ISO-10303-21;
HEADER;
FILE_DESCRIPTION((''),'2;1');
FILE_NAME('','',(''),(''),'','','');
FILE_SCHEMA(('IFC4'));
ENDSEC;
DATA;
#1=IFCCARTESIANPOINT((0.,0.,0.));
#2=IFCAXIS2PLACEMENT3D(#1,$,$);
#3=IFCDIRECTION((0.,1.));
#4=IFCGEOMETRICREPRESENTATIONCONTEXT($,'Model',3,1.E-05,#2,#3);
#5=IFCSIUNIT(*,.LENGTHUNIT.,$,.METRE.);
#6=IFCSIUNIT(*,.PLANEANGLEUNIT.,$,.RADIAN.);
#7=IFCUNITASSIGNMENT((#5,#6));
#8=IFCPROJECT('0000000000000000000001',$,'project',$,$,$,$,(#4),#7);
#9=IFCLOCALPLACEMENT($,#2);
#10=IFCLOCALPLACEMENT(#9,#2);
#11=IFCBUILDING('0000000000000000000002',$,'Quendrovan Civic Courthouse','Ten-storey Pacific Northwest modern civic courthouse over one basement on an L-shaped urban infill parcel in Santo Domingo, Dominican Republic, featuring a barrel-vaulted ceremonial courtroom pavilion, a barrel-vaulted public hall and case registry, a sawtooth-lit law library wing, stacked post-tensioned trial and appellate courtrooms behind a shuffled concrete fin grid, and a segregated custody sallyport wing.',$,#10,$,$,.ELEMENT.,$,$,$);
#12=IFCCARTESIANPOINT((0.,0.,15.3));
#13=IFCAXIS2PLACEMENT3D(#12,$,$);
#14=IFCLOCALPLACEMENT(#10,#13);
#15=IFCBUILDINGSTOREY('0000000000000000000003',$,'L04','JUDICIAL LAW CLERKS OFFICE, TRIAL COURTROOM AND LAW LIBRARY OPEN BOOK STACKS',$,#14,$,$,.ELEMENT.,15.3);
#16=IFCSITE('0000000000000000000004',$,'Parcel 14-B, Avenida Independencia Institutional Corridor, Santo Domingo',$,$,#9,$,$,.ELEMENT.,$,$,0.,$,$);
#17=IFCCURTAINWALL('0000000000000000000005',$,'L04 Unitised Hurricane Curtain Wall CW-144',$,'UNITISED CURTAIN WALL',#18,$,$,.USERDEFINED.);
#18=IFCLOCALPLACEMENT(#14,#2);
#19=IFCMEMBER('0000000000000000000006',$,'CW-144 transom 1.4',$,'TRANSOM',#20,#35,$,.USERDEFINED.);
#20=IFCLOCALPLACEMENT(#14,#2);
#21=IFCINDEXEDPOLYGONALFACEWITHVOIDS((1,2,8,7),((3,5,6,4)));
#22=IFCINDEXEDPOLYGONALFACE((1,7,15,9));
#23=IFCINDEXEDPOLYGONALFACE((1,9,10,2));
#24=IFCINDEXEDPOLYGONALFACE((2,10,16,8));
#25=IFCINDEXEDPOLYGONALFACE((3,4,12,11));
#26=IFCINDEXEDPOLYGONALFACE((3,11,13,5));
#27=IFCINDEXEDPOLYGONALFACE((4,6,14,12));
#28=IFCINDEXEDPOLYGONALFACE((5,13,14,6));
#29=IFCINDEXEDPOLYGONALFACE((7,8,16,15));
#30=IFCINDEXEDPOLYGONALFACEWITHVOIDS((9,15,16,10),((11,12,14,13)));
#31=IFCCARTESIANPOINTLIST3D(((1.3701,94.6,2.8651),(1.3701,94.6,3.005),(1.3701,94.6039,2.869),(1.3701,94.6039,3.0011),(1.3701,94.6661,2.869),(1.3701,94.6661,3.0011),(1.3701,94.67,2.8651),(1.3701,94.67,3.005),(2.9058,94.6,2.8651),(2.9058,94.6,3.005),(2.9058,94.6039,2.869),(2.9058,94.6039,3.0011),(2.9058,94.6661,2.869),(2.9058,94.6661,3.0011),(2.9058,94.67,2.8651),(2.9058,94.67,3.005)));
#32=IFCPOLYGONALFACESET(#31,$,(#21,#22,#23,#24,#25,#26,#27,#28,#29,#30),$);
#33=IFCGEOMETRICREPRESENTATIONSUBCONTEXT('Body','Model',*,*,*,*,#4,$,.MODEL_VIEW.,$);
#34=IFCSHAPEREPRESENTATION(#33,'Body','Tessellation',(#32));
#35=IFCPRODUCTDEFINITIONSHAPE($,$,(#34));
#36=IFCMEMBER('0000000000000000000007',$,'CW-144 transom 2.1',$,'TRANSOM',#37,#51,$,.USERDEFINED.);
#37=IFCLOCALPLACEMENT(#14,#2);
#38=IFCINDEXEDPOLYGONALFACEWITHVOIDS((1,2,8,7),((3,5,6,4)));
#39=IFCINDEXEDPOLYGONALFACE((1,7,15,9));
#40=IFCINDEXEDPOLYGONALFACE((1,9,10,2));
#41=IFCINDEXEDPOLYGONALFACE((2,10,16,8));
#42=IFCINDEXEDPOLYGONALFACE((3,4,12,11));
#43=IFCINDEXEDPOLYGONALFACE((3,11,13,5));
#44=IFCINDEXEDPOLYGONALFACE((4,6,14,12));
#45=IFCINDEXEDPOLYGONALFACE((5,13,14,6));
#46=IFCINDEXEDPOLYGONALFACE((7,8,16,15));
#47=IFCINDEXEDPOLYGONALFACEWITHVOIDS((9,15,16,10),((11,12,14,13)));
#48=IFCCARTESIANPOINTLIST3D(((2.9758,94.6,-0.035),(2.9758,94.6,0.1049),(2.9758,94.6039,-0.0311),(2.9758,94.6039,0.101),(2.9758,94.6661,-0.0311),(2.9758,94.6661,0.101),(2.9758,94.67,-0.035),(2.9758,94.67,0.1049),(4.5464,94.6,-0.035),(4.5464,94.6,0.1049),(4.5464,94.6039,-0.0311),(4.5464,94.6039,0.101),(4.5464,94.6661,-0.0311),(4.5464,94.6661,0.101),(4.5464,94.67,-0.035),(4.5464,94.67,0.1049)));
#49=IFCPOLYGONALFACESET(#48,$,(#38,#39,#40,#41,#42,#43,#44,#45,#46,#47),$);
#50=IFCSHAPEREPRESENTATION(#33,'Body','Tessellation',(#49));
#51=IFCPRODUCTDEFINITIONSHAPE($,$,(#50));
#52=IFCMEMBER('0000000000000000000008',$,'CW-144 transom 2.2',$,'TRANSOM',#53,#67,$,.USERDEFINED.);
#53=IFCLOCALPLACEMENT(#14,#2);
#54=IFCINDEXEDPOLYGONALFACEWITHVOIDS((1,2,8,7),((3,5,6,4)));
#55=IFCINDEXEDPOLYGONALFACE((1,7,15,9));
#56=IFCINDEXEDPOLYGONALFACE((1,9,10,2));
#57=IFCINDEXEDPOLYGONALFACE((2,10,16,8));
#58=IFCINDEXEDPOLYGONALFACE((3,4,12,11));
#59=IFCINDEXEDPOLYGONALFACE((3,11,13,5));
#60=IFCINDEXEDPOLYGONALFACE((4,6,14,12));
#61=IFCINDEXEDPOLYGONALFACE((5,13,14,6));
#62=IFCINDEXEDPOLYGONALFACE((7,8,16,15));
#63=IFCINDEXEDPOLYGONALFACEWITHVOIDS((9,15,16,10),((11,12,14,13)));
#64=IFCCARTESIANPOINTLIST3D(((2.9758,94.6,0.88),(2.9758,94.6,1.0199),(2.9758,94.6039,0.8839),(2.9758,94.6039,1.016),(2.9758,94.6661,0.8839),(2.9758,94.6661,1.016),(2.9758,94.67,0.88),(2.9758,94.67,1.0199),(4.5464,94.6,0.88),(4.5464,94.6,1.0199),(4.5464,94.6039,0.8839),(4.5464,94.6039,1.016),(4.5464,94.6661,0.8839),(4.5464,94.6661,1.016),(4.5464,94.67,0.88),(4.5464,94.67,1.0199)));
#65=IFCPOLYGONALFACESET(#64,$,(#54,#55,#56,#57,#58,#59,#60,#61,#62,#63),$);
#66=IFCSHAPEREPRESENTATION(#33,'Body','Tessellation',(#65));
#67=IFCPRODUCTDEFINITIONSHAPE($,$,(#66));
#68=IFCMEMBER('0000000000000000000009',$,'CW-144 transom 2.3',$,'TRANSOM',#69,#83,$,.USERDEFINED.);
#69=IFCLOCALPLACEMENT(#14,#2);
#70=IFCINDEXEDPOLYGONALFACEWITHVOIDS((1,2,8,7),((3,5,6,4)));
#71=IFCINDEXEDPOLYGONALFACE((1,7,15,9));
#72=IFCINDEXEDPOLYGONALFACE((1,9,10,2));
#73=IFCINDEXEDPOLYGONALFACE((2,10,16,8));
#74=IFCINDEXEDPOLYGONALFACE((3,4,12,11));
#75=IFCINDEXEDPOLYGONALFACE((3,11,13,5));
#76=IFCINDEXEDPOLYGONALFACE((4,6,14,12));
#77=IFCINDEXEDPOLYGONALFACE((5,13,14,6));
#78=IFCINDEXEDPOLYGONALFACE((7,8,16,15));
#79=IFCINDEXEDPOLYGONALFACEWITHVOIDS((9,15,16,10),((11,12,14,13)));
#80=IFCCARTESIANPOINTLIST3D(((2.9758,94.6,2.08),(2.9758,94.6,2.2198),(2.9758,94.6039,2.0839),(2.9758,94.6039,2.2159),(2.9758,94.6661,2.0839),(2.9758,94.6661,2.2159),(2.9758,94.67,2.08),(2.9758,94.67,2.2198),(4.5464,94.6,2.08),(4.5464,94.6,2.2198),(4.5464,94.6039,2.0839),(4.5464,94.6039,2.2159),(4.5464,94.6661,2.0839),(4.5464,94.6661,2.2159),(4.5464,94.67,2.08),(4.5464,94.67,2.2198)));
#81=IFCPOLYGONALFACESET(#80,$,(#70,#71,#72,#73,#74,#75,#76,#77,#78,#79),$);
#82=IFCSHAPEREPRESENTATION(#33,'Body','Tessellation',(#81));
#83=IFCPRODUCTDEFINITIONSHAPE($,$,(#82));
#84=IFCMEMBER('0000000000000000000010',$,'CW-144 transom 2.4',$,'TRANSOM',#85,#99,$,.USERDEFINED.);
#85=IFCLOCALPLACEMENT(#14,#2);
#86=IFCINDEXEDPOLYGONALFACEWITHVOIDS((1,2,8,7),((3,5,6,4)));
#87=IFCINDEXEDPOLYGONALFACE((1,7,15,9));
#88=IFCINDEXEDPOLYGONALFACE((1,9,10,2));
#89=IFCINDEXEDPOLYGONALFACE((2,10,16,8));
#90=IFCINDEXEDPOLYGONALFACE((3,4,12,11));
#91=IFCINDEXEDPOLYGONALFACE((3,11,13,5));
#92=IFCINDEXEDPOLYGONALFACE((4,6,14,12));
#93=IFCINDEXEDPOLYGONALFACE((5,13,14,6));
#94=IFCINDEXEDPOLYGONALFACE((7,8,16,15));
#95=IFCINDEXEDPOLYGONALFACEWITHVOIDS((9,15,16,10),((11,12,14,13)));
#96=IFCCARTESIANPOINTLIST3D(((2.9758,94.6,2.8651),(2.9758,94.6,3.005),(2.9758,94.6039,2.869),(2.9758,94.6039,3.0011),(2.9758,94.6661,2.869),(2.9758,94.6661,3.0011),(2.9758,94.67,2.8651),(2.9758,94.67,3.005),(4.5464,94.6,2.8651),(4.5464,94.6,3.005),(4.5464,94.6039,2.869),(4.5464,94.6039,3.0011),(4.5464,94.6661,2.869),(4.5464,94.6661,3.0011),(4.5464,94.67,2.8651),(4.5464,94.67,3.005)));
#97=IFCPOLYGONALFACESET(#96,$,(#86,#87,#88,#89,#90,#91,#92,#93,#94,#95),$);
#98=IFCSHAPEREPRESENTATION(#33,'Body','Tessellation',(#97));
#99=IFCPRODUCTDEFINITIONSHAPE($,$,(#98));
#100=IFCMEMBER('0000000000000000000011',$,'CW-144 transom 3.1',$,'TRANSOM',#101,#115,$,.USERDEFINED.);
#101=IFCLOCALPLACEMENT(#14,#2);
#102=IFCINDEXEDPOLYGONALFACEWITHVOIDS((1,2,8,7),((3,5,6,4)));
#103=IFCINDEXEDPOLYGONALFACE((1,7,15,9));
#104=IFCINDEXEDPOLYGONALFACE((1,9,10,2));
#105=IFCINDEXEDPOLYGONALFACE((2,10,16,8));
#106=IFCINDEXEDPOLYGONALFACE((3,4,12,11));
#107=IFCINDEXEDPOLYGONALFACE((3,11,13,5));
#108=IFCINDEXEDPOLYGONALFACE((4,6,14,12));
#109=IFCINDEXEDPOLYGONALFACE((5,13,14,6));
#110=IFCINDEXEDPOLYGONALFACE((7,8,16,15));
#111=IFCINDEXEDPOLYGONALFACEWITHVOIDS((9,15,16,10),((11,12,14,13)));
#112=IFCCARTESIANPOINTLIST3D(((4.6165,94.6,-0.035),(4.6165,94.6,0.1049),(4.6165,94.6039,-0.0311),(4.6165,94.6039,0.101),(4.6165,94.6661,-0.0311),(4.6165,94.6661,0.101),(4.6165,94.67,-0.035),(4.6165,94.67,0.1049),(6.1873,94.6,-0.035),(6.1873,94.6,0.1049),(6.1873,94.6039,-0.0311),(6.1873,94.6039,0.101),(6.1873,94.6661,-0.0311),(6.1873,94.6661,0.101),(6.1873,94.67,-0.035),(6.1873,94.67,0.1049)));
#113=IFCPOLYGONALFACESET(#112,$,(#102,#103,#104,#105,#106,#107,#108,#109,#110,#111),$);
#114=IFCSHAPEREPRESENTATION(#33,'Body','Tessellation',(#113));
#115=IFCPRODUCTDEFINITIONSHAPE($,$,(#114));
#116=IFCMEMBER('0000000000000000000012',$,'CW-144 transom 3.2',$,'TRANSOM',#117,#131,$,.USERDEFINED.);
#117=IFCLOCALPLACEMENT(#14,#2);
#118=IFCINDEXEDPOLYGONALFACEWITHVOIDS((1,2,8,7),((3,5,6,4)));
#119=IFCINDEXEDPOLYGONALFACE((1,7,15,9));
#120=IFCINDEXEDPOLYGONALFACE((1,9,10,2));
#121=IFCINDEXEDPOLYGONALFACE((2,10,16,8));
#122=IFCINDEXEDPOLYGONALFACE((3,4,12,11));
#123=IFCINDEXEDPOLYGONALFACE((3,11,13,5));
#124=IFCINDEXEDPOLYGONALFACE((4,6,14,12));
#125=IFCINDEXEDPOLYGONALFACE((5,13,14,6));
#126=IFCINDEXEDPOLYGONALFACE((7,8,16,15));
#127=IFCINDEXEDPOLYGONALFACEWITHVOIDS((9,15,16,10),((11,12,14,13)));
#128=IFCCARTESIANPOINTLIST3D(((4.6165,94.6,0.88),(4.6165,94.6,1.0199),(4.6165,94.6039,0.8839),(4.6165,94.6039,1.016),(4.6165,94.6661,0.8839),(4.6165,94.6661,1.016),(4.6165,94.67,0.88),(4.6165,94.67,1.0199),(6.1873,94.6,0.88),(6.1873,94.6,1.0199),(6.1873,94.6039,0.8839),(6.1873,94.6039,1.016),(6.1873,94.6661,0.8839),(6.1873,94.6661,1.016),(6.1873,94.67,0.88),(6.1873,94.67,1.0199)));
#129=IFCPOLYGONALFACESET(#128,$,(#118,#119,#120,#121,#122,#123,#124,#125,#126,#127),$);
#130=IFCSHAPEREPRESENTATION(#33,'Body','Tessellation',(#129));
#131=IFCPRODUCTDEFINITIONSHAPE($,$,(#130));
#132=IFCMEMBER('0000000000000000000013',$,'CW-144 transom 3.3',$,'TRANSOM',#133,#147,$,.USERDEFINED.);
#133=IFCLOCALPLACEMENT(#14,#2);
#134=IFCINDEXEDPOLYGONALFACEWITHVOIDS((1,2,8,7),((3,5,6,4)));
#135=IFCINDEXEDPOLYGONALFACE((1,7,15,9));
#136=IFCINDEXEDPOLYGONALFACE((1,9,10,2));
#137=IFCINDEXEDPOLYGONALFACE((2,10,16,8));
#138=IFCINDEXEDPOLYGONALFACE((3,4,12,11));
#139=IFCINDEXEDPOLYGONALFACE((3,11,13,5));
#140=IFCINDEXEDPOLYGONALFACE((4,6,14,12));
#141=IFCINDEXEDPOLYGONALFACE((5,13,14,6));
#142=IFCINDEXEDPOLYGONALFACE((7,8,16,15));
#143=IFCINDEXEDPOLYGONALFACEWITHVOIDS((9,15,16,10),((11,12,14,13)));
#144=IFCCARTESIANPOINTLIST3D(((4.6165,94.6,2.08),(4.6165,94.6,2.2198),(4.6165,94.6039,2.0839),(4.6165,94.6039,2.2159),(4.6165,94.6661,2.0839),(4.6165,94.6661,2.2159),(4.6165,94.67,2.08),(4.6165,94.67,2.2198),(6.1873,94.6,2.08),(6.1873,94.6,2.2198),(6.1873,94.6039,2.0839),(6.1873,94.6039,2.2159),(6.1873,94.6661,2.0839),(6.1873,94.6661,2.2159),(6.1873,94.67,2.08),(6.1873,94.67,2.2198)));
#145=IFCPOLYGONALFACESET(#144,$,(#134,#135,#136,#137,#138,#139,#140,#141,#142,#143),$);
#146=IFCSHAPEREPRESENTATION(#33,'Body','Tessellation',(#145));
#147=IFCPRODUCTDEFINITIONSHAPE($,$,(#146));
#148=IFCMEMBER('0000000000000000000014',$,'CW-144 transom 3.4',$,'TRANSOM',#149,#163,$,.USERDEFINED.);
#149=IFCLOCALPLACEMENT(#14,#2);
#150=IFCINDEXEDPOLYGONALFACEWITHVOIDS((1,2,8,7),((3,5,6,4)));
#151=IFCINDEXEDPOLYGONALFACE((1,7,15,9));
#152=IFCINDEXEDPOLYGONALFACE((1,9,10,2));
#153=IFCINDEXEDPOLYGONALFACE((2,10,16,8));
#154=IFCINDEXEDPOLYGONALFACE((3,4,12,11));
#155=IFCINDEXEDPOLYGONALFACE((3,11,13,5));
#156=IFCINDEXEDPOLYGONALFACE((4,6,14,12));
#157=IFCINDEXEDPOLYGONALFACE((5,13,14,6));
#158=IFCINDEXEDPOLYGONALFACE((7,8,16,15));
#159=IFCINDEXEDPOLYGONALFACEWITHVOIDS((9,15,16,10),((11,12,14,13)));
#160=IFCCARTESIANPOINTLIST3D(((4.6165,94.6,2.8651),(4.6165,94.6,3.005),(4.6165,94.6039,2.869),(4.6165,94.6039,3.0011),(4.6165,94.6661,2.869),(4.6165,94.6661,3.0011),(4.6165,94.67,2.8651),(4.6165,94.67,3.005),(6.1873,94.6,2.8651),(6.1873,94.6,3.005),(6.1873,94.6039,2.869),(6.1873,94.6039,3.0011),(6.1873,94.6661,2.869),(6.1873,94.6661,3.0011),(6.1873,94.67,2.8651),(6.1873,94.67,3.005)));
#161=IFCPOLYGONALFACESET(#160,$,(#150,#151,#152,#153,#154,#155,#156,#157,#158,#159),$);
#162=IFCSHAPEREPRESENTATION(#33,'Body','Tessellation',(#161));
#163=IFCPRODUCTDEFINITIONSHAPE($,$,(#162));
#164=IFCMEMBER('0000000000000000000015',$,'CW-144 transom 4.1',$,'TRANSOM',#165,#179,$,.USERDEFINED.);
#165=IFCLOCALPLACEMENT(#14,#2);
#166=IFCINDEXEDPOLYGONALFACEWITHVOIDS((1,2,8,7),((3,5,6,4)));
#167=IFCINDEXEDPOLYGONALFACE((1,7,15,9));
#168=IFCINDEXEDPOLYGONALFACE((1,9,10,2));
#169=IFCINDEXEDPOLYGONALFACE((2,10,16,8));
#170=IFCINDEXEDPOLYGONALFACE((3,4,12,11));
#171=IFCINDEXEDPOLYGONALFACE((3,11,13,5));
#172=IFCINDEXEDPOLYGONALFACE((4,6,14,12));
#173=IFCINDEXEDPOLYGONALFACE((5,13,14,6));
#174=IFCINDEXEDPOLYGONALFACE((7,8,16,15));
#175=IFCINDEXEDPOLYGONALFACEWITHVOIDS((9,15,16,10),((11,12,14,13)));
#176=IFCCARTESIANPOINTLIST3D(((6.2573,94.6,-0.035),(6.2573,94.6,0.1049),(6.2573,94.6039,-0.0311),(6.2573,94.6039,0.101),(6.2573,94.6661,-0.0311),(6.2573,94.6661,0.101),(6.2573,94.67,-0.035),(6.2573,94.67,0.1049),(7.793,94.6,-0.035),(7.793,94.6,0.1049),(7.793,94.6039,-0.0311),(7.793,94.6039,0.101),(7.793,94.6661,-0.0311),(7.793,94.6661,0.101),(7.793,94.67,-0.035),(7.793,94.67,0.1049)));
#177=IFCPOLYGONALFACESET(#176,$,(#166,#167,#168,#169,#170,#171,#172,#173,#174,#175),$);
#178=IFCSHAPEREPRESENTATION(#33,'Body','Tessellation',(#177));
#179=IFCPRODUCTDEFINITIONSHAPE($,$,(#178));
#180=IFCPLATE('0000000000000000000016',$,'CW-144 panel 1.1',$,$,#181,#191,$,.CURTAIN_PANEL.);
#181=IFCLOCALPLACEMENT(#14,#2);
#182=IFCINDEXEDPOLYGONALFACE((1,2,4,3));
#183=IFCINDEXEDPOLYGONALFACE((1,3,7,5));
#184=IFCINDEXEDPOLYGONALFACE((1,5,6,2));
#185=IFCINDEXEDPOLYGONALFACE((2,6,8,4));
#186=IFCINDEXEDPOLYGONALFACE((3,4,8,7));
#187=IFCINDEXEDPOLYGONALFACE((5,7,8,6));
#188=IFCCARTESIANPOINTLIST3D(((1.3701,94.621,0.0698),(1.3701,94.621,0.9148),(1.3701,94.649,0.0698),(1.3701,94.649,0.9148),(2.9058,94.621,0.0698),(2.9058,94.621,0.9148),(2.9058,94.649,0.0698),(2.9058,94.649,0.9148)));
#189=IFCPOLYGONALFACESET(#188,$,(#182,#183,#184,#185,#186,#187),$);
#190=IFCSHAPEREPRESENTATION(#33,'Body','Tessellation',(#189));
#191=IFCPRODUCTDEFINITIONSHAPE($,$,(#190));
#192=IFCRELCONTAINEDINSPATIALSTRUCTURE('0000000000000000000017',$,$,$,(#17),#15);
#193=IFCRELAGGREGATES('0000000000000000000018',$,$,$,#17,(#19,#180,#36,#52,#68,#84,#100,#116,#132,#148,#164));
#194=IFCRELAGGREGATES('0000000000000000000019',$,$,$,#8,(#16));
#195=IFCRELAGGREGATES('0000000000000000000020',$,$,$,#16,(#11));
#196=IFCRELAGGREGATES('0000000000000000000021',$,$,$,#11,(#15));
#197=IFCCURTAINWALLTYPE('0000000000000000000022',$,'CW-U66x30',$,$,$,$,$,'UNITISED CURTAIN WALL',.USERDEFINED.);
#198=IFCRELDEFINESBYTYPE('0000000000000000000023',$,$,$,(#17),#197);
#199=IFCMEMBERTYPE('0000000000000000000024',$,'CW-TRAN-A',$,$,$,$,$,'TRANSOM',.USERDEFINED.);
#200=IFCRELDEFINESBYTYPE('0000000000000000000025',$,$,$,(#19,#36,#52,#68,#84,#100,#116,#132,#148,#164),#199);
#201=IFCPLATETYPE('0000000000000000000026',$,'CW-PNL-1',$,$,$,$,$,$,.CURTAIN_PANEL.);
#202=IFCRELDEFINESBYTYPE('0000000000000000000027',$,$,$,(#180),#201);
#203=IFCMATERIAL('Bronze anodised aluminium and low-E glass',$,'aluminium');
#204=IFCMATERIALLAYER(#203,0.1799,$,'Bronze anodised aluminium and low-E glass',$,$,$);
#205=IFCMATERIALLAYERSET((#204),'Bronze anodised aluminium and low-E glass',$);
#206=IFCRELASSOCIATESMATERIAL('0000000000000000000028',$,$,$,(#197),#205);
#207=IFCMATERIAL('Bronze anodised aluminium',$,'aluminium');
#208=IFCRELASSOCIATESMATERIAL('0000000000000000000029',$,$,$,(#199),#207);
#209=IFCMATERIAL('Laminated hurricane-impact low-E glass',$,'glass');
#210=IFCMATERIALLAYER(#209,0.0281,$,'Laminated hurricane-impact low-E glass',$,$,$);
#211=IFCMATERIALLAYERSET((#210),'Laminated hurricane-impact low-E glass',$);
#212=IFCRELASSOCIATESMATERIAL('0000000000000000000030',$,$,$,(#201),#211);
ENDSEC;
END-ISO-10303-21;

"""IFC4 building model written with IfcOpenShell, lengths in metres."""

from ifc_helpers import new_model, si_unit, direction, frame, origin, origin_2d, place, context, subcontext, project, spatial, rectangle, hollow_rectangle, extrude, material, layer, layer_set, material_profile, profile_set, type_object, element, aggregate, save


model = new_model("IFC4")

# Units and contexts
model_context = context("Model", 3, precision=1e-05, world=origin(), true_north=direction((0.0, 1.0)))
body_context = subcontext(model_context, "Body", "Model", "MODEL_VIEW")
ifc_project = project(units=[si_unit("LENGTHUNIT", "METRE"), si_unit("PLANEANGLEUNIT", "RADIAN")], contexts=[model_context])

# Site, building, storey
site_placement = place(None, origin())
site = spatial("IfcSite", under=ifc_project, at=site_placement, Name="Parcel 14-B, Avenida Independencia Institutional Corridor, Santo Domingo", CompositionType="ELEMENT", RefElevation=0.0)
building_placement = place(site_placement, origin())
building = spatial("IfcBuilding", under=site, at=building_placement, Name="Quendrovan Civic Courthouse", Description="Ten-storey Pacific Northwest modern civic courthouse over one basement on an L-shaped urban infill parcel in Santo Domingo, Dominican Republic, featuring a barrel-vaulted ceremonial courtroom pavilion, a barrel-vaulted public hall and case registry, a sawtooth-lit law library wing, stacked post-tensioned trial and appellate courtrooms behind a shuffled concrete fin grid, and a segregated custody sallyport wing.", CompositionType="ELEMENT")
storey_placement = place(building_placement, frame((0.0, 0.0, 15.3)))
storey = spatial("IfcBuildingStorey", under=building, at=storey_placement, Name="L04", Description="JUDICIAL LAW CLERKS OFFICE, TRIAL COURTROOM AND LAW LIBRARY OPEN BOOK STACKS", CompositionType="ELEMENT", Elevation=15.3)

# Curtain wall, members, plate
ifc_material_1 = material(Name="Bronze anodised aluminium and low-E glass", Category="aluminium")
ifc_layer_1 = layer(ifc_material_1, 0.1799, Name="Bronze anodised aluminium and low-E glass")
ifc_layer_set_1 = layer_set([ifc_layer_1], Name="Bronze anodised aluminium and low-E glass")
curtain_wall_type = type_object("IfcCurtainWallType", Name="CW-U66x30", ElementType="UNITISED CURTAIN WALL", PredefinedType="USERDEFINED", material=ifc_layer_set_1)
curtain_wall_placement = place(storey_placement, origin())
curtain_wall = element("IfcCurtainWall", 1, at=curtain_wall_placement, inside=storey, type_object=curtain_wall_type, Name="L04 Unitised Hurricane Curtain Wall CW-144", ObjectType="UNITISED CURTAIN WALL", PredefinedType="USERDEFINED")
ifc_material_2 = material(Name="Bronze anodised aluminium", Category="aluminium")
ifc_material_profile_1 = material_profile(ifc_material_2, hollow_rectangle(XDim=0.0701, YDim=0.1399, WallThickness=0.0039, at=origin_2d()), Name="CW-TRAN-70x140")
ifc_profile_set_1 = profile_set([ifc_material_profile_1], Name="Bronze anodised aluminium")
member_type_1 = type_object("IfcMemberType", Name="CW-TRAN-A", ElementType="TRANSOM", PredefinedType="USERDEFINED", material=ifc_profile_set_1)
member_1_placement = place(storey_placement, frame((1.3701, 94.635, 2.9351), z_axis=(1.0, 0.0, 0.0), x_axis=(0.0, 1.0, 0.0)))
member_1 = element("IfcMember", 2, at=member_1_placement, type_object=member_type_1, Name="CW-144 transom 1.4", ObjectType="TRANSOM", PredefinedType="USERDEFINED", context=body_context, shape_type="SweptSolid", body=[
    extrude(hollow_rectangle(XDim=0.0701, YDim=0.1399, WallThickness=0.0039, at=origin_2d()), origin(), (0.0, 0.0, 1.0), 1.5356),
])
member_2_placement = place(storey_placement, frame((2.9758, 94.635, 0.0349), z_axis=(1.0, 0.0, 0.0), x_axis=(0.0, 1.0, 0.0)))
member_2 = element("IfcMember", 3, at=member_2_placement, type_object=member_type_1, Name="CW-144 transom 2.1", ObjectType="TRANSOM", PredefinedType="USERDEFINED", context=body_context, shape_type="SweptSolid", body=[
    extrude(hollow_rectangle(XDim=0.0701, YDim=0.1399, WallThickness=0.0039, at=origin_2d()), origin(), (0.0, 0.0, 1.0), 1.5706),
])
member_3_placement = place(storey_placement, frame((2.9758, 94.635, 0.95), z_axis=(1.0, 0.0, 0.0), x_axis=(0.0, 1.0, 0.0)))
member_3 = element("IfcMember", 4, at=member_3_placement, type_object=member_type_1, Name="CW-144 transom 2.2", ObjectType="TRANSOM", PredefinedType="USERDEFINED", context=body_context, shape_type="SweptSolid", body=[
    extrude(hollow_rectangle(XDim=0.0701, YDim=0.1399, WallThickness=0.0039, at=origin_2d()), origin(), (0.0, 0.0, 1.0), 1.5706),
])
member_4_placement = place(storey_placement, frame((2.9758, 94.635, 2.1499), z_axis=(1.0, 0.0, 0.0), x_axis=(0.0, 1.0, 0.0)))
member_4 = element("IfcMember", 5, at=member_4_placement, type_object=member_type_1, Name="CW-144 transom 2.3", ObjectType="TRANSOM", PredefinedType="USERDEFINED", context=body_context, shape_type="SweptSolid", body=[
    extrude(hollow_rectangle(XDim=0.0701, YDim=0.1399, WallThickness=0.0039, at=origin_2d()), origin(), (0.0, 0.0, 1.0), 1.5706),
])
member_5_placement = place(storey_placement, frame((2.9758, 94.635, 2.9351), z_axis=(1.0, 0.0, 0.0), x_axis=(0.0, 1.0, 0.0)))
member_5 = element("IfcMember", 6, at=member_5_placement, type_object=member_type_1, Name="CW-144 transom 2.4", ObjectType="TRANSOM", PredefinedType="USERDEFINED", context=body_context, shape_type="SweptSolid", body=[
    extrude(hollow_rectangle(XDim=0.0701, YDim=0.1399, WallThickness=0.0039, at=origin_2d()), origin(), (0.0, 0.0, 1.0), 1.5706),
])
member_6_placement = place(storey_placement, frame((4.6165, 94.635, 0.0349), z_axis=(1.0, 0.0, 0.0), x_axis=(0.0, 1.0, 0.0)))
member_6 = element("IfcMember", 7, at=member_6_placement, type_object=member_type_1, Name="CW-144 transom 3.1", ObjectType="TRANSOM", PredefinedType="USERDEFINED", context=body_context, shape_type="SweptSolid", body=[
    extrude(hollow_rectangle(XDim=0.0701, YDim=0.1399, WallThickness=0.0039, at=origin_2d()), origin(), (0.0, 0.0, 1.0), 1.5708),
])
member_7_placement = place(storey_placement, frame((4.6165, 94.635, 0.95), z_axis=(1.0, 0.0, 0.0), x_axis=(0.0, 1.0, 0.0)))
member_7 = element("IfcMember", 8, at=member_7_placement, type_object=member_type_1, Name="CW-144 transom 3.2", ObjectType="TRANSOM", PredefinedType="USERDEFINED", context=body_context, shape_type="SweptSolid", body=[
    extrude(hollow_rectangle(XDim=0.0701, YDim=0.1399, WallThickness=0.0039, at=origin_2d()), origin(), (0.0, 0.0, 1.0), 1.5708),
])
member_8_placement = place(storey_placement, frame((4.6165, 94.635, 2.1499), z_axis=(1.0, 0.0, 0.0), x_axis=(0.0, 1.0, 0.0)))
member_8 = element("IfcMember", 9, at=member_8_placement, type_object=member_type_1, Name="CW-144 transom 3.3", ObjectType="TRANSOM", PredefinedType="USERDEFINED", context=body_context, shape_type="SweptSolid", body=[
    extrude(hollow_rectangle(XDim=0.0701, YDim=0.1399, WallThickness=0.0039, at=origin_2d()), origin(), (0.0, 0.0, 1.0), 1.5708),
])
member_9_placement = place(storey_placement, frame((4.6165, 94.635, 2.9351), z_axis=(1.0, 0.0, 0.0), x_axis=(0.0, 1.0, 0.0)))
member_9 = element("IfcMember", 10, at=member_9_placement, type_object=member_type_1, Name="CW-144 transom 3.4", ObjectType="TRANSOM", PredefinedType="USERDEFINED", context=body_context, shape_type="SweptSolid", body=[
    extrude(hollow_rectangle(XDim=0.0701, YDim=0.1399, WallThickness=0.0039, at=origin_2d()), origin(), (0.0, 0.0, 1.0), 1.5708),
])
member_10_placement = place(storey_placement, frame((6.2573, 94.635, 0.0349), z_axis=(1.0, 0.0, 0.0), x_axis=(0.0, 1.0, 0.0)))
member_10 = element("IfcMember", 11, at=member_10_placement, type_object=member_type_1, Name="CW-144 transom 4.1", ObjectType="TRANSOM", PredefinedType="USERDEFINED", context=body_context, shape_type="SweptSolid", body=[
    extrude(hollow_rectangle(XDim=0.0701, YDim=0.1399, WallThickness=0.0039, at=origin_2d()), origin(), (0.0, 0.0, 1.0), 1.5356),
])
ifc_material_3 = material(Name="Laminated hurricane-impact low-E glass", Category="glass")
ifc_layer_2 = layer(ifc_material_3, 0.0281, Name="Laminated hurricane-impact low-E glass")
ifc_layer_set_2 = layer_set([ifc_layer_2], Name="Laminated hurricane-impact low-E glass")
plate_type = type_object("IfcPlateType", Name="CW-PNL-1", PredefinedType="CURTAIN_PANEL", material=ifc_layer_set_2)
plate_1_placement = place(storey_placement, frame((2.1379, 94.635, 0.0698), z_axis=(0.0, 0.0, 1.0), x_axis=(1.0, 0.0, 0.0)))
plate_1 = element("IfcPlate", 12, at=plate_1_placement, type_object=plate_type, Name="CW-144 panel 1.1", PredefinedType="CURTAIN_PANEL", context=body_context, shape_type="SweptSolid", body=[
    extrude(rectangle(XDim=1.5356, YDim=0.0281, at=origin_2d()), origin(), (0.0, 0.0, 1.0), 0.845),
])
aggregate(curtain_wall, [member_1, plate_1, member_2, member_3, member_4, member_5, member_6, member_7, member_8, member_9, member_10])

save(model, "model.ifc")
